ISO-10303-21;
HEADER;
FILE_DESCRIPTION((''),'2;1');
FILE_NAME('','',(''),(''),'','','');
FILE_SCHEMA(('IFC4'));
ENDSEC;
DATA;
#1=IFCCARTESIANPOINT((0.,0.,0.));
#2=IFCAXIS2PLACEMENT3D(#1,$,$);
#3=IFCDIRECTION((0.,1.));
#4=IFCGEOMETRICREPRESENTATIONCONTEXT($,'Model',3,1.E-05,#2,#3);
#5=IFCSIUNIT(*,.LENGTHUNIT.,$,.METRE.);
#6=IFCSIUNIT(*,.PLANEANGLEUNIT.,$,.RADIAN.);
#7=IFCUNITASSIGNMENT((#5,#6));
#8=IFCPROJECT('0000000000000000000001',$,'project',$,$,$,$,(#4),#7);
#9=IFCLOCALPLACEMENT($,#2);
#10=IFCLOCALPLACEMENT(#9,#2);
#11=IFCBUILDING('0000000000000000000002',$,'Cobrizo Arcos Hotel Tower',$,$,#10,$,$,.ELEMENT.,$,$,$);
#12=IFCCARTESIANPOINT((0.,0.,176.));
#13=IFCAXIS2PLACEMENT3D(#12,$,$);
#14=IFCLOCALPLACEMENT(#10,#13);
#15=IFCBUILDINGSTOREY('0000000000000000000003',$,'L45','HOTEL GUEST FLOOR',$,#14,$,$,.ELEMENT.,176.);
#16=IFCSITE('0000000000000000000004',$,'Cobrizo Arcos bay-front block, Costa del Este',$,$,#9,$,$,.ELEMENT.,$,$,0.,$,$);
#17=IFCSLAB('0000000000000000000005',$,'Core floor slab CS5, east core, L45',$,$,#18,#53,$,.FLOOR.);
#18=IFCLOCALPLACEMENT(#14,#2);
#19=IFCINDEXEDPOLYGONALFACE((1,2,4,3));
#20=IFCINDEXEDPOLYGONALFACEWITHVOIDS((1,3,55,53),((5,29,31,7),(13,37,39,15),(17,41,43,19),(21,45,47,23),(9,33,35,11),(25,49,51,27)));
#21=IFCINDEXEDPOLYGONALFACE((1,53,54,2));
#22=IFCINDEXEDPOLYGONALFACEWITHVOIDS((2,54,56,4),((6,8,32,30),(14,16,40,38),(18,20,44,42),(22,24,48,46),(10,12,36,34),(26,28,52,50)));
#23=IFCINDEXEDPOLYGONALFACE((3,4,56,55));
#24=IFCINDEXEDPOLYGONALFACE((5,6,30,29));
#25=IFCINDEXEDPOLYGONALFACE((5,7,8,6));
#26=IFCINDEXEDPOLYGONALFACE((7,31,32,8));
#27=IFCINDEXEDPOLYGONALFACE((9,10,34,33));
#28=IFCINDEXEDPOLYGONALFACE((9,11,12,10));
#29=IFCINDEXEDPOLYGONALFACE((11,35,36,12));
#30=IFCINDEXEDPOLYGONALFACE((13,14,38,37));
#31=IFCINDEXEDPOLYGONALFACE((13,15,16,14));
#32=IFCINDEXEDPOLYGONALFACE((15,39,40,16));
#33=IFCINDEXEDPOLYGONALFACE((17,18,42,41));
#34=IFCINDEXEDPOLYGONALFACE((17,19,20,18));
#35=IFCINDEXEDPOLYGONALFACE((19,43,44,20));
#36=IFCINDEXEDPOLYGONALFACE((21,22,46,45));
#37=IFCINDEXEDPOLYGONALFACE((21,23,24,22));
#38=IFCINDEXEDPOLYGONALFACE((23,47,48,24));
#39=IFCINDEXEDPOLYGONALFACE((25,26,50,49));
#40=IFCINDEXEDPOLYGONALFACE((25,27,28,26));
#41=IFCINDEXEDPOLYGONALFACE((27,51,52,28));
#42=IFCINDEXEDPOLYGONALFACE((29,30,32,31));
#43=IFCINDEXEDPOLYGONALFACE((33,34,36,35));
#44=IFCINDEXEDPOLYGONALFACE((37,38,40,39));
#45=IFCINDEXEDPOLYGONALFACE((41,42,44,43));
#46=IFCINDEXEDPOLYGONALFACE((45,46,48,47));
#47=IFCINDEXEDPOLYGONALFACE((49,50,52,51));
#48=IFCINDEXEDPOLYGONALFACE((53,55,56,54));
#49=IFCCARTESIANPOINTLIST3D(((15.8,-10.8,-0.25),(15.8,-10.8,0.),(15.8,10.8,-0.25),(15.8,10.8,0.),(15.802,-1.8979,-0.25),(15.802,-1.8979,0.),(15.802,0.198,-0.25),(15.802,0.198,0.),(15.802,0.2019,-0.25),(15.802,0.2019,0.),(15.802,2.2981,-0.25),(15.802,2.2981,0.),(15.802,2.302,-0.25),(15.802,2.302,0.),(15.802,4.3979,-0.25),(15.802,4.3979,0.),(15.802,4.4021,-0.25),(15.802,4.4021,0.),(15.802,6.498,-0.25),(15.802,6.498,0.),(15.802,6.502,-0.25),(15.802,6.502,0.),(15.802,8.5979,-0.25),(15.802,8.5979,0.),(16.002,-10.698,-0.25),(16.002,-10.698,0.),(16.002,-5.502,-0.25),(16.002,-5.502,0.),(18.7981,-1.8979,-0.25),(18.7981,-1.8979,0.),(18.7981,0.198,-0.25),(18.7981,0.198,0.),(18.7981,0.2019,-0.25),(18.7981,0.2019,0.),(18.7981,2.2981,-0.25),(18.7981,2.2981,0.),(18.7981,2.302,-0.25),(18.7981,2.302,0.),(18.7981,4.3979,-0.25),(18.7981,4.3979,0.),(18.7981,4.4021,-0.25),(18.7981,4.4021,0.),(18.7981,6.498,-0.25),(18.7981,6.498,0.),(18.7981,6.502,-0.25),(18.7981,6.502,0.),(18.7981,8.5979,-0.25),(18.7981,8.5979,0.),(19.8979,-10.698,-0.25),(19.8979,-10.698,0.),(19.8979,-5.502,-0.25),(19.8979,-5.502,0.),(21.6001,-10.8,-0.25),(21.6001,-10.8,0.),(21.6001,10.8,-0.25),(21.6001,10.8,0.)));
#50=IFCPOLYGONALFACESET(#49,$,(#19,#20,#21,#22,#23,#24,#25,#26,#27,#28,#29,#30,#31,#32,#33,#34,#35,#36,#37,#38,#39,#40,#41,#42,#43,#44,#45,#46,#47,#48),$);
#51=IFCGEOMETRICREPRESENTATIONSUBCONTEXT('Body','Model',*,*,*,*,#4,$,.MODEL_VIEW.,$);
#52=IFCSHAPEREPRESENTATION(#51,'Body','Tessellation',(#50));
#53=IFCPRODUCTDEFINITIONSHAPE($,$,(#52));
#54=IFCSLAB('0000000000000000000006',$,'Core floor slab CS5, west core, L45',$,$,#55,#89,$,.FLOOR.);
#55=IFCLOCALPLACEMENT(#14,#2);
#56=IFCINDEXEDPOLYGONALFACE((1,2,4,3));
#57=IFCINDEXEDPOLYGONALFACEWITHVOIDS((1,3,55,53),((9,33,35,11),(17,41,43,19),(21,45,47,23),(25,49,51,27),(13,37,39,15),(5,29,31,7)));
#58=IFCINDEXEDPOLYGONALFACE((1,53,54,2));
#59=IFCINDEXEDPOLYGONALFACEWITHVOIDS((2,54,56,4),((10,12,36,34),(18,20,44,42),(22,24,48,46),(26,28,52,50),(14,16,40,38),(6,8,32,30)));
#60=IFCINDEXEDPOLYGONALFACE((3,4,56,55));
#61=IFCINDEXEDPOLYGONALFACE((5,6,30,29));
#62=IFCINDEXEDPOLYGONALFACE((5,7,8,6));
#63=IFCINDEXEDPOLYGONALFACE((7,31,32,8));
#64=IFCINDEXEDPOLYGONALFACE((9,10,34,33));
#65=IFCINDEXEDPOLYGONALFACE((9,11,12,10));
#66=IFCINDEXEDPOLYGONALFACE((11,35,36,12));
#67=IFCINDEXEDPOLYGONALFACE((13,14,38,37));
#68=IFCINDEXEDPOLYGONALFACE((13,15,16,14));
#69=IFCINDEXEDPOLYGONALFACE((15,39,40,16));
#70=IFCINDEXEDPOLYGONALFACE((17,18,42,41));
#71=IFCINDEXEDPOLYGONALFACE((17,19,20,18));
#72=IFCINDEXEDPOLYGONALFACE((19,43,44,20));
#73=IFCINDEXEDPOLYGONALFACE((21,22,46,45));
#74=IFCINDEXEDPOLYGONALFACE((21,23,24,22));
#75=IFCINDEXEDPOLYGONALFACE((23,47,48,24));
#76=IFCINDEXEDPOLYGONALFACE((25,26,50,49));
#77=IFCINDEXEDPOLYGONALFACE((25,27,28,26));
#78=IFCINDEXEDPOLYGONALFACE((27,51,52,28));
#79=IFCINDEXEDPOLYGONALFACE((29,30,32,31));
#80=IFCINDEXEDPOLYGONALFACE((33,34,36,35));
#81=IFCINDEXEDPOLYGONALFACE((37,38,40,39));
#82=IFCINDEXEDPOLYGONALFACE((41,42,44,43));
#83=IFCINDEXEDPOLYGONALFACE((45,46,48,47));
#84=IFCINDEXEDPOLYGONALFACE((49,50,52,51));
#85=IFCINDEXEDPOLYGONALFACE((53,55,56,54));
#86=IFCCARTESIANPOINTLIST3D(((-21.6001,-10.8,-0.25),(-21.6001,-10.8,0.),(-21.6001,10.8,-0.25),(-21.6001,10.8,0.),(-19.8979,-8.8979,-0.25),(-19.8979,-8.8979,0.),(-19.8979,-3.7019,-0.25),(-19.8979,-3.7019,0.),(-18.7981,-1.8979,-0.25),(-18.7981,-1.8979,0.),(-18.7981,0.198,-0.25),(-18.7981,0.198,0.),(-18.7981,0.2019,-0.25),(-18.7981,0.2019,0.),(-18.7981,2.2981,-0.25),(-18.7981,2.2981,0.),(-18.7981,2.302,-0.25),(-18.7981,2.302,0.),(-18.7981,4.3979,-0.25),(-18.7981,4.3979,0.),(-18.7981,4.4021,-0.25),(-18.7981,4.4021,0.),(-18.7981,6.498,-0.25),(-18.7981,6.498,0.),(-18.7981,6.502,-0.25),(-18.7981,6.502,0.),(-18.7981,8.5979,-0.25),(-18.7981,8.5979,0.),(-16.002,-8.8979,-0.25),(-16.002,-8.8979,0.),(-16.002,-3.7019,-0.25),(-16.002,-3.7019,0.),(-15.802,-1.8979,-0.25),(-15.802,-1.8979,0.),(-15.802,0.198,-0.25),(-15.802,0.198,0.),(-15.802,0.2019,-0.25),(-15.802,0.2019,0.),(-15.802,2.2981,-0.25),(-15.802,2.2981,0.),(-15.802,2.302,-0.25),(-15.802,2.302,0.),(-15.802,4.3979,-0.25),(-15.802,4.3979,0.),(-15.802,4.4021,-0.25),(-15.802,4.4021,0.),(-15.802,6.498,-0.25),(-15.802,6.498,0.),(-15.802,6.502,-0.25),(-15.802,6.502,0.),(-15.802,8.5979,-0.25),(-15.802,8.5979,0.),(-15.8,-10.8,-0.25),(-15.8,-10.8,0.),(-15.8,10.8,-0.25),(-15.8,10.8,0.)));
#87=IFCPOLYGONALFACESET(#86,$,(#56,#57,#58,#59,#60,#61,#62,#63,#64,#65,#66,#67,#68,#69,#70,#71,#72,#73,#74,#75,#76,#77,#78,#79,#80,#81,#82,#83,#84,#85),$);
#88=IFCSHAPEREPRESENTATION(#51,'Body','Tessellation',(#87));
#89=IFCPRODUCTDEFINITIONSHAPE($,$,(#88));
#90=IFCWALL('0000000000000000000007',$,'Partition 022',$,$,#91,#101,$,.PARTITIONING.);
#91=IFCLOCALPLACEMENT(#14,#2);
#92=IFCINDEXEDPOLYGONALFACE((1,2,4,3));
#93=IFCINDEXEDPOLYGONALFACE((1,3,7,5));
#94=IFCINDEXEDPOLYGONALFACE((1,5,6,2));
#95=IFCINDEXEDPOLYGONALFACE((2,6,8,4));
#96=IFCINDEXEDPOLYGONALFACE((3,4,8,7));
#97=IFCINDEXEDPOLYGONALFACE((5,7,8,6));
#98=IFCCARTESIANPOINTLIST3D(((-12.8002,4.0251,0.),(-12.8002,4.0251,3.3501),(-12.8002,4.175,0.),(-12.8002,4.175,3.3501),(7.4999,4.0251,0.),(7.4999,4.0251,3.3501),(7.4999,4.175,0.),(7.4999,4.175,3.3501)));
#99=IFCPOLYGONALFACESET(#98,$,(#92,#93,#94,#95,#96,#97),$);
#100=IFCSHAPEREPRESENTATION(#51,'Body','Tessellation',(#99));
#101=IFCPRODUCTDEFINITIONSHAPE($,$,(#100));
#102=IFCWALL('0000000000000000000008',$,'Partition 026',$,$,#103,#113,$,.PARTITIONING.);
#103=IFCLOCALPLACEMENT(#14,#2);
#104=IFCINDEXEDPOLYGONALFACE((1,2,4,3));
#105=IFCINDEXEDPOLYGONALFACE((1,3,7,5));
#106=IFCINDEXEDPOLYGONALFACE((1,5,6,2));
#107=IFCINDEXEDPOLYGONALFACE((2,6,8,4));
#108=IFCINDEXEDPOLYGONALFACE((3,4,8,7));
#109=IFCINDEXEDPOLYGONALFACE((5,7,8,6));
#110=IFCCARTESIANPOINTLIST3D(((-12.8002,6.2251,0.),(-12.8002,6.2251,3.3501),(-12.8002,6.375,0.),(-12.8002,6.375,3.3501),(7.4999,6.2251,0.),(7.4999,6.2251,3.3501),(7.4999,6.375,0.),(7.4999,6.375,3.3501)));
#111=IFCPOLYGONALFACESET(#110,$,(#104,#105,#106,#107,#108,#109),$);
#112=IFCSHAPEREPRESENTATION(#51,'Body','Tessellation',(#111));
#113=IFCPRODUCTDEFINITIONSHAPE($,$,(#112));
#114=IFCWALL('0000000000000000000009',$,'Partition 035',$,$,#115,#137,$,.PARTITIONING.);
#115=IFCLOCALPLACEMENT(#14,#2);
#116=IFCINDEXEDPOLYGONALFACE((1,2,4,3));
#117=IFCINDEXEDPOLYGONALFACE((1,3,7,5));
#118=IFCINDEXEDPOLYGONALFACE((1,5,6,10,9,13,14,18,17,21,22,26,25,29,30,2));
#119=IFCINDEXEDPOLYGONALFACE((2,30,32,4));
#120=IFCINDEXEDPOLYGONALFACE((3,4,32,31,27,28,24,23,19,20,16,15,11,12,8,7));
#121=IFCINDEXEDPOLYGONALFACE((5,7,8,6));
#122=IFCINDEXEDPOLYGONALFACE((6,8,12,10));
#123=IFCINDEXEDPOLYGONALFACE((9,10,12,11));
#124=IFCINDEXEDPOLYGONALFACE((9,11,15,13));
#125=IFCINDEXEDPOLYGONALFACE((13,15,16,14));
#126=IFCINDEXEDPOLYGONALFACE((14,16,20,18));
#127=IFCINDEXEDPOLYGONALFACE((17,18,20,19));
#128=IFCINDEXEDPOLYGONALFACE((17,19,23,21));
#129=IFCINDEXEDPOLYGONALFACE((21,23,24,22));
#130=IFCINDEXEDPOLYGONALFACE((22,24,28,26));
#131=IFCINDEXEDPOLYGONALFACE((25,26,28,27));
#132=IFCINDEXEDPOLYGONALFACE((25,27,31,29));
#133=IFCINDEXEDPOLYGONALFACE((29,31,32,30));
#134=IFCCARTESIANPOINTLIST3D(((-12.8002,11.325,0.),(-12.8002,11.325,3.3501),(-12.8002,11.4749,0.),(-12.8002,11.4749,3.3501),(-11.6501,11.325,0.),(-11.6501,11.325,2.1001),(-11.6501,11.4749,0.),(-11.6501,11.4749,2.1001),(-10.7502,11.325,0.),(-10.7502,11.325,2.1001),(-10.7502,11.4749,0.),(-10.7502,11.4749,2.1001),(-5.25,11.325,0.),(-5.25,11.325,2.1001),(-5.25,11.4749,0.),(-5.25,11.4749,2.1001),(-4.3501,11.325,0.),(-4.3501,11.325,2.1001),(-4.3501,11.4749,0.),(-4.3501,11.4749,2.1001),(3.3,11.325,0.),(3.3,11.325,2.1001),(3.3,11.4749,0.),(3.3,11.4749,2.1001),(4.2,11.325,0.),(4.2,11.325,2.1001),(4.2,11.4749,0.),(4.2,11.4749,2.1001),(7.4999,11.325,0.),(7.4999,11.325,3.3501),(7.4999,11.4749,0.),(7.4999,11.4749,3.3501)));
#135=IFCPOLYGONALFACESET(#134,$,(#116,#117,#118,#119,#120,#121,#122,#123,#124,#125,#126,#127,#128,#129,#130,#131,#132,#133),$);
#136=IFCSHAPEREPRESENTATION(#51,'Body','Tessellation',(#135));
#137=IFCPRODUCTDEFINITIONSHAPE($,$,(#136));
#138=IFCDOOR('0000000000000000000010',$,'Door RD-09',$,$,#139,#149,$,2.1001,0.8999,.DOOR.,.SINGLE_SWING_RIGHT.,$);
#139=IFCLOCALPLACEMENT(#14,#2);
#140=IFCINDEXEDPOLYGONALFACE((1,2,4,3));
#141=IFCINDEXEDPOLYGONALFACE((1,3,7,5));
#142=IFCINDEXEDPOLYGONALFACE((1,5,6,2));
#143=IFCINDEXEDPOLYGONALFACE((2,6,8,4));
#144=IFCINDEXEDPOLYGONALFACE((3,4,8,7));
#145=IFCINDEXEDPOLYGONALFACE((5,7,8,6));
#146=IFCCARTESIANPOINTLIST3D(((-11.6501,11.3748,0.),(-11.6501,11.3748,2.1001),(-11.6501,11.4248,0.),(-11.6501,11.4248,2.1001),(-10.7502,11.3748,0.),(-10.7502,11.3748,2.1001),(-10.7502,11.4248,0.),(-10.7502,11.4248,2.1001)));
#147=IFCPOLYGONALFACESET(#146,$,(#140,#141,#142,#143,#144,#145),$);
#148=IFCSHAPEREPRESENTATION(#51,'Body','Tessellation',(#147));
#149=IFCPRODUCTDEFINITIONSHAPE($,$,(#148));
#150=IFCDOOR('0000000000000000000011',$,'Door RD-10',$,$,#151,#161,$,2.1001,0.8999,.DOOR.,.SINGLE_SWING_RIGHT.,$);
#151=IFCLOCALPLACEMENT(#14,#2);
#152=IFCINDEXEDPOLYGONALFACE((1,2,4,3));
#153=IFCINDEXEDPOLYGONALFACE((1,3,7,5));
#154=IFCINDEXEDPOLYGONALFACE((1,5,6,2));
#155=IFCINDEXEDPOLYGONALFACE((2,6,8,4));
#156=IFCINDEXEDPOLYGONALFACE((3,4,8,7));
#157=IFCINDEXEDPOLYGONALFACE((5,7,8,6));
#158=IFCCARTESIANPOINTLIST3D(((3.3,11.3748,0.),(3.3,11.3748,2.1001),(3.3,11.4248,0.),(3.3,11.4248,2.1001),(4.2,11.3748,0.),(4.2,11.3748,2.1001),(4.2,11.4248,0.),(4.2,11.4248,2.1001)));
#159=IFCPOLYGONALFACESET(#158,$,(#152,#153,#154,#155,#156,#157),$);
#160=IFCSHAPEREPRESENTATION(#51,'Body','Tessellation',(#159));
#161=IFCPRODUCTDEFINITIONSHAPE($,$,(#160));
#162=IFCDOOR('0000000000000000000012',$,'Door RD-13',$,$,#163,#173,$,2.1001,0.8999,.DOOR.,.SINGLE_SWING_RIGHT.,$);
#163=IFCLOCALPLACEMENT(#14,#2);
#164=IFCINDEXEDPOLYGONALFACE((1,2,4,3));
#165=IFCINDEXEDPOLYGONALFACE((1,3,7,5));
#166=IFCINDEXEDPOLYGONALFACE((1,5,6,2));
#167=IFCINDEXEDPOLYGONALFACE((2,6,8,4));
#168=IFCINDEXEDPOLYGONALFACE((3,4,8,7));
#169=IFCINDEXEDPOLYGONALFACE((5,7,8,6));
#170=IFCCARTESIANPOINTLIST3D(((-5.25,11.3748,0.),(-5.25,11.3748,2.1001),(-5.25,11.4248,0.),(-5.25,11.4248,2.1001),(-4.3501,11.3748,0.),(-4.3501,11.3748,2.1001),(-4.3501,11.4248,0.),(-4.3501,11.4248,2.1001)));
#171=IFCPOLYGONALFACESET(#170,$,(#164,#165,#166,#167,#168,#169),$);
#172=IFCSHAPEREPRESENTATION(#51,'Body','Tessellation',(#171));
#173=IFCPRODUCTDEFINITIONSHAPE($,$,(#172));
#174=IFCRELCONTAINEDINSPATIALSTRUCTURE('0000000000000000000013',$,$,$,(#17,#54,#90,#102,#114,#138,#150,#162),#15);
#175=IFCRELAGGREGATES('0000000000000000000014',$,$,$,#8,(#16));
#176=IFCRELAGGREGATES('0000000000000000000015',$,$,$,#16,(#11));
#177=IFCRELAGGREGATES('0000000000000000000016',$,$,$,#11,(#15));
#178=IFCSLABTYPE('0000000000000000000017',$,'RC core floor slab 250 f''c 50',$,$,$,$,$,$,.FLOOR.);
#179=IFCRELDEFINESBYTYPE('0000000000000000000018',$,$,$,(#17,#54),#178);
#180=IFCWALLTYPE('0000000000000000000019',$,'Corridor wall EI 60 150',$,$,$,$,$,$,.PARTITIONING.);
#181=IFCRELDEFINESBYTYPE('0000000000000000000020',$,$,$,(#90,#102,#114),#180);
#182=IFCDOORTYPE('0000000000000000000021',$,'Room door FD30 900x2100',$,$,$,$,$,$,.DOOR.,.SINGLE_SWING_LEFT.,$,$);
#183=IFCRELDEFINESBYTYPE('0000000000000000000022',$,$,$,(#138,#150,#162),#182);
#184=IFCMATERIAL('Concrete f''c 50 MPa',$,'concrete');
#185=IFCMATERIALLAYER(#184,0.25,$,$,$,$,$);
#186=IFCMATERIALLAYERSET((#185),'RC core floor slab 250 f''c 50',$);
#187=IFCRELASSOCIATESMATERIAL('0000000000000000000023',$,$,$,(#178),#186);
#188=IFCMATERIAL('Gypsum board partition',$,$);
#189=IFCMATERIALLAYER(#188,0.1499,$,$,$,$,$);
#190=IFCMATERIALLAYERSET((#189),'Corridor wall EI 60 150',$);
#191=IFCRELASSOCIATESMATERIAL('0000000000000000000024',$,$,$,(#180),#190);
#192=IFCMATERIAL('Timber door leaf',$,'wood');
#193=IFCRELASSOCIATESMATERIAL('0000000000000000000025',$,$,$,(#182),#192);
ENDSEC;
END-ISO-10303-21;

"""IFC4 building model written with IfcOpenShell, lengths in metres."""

from ifc_helpers import new_model, si_unit, direction, frame, frame_2d, origin, place, context, subcontext, project, spatial, polyline, rectangle, outline, extrude, material, layer, layer_set, type_object, element, fill, save


model = new_model("IFC4")

# Units and contexts
model_context = context("Model", 3, precision=1e-05, world=origin(), true_north=direction((0.0, 1.0)))
body_context = subcontext(model_context, "Body", "Model", "MODEL_VIEW")
ifc_project = project(units=[si_unit("LENGTHUNIT", "METRE"), si_unit("PLANEANGLEUNIT", "RADIAN")], contexts=[model_context])

# Site, building, storey
site_placement = place(None, origin())
site = spatial("IfcSite", under=ifc_project, at=site_placement, Name="Cobrizo Arcos bay-front block, Costa del Este", CompositionType="ELEMENT", RefElevation=0.0)
building_placement = place(site_placement, origin())
building = spatial("IfcBuilding", under=site, at=building_placement, Name="Cobrizo Arcos Hotel Tower", CompositionType="ELEMENT")
storey_placement = place(building_placement, frame((0.0, 0.0, 176.0)))
storey = spatial("IfcBuildingStorey", under=building, at=storey_placement, Name="L45", Description="HOTEL GUEST FLOOR", CompositionType="ELEMENT", Elevation=176.0)

# Slabs
ifc_material_1 = material(Name="Concrete f'c 50 MPa", Category="concrete")
ifc_layer_1 = layer(ifc_material_1, 0.25)
ifc_layer_set_1 = layer_set([ifc_layer_1], Name="RC core floor slab 250 f'c 50")
slab_type_1 = type_object("IfcSlabType", Name="RC core floor slab 250 f'c 50", PredefinedType="FLOOR", material=ifc_layer_set_1)
slab_1_placement = place(storey_placement, frame((0.0, 0.0, -0.25)))
element("IfcSlab", 1, at=slab_1_placement, inside=storey, type_object=slab_type_1, Name="Core floor slab CS5, east core, L45", PredefinedType="FLOOR", context=body_context, shape_type="SweptSolid", body=[
    extrude(outline(polyline([(15.8, 10.8), (21.6001, 10.8), (21.6001, -10.8), (15.8, -10.8), (15.8, 10.8)]), holes=[polyline([(19.8979, -10.698), (19.8979, -5.502), (16.002, -5.502), (16.002, -10.698), (19.8979, -10.698)]), polyline([(15.802, 0.198), (15.802, -1.8979), (18.7981, -1.8979), (18.7981, 0.198), (15.802, 0.198)]), polyline([(15.802, 2.2981), (15.802, 0.2019), (18.7981, 0.2019), (18.7981, 2.2981), (15.802, 2.2981)]), polyline([(15.802, 4.3979), (15.802, 2.302), (18.7981, 2.302), (18.7981, 4.3979), (15.802, 4.3979)]), polyline([(18.7981, 6.498), (15.802, 6.498), (15.802, 4.4021), (18.7981, 4.4021), (18.7981, 6.498)]), polyline([(18.7981, 8.5979), (15.802, 8.5979), (15.802, 6.502), (18.7981, 6.502), (18.7981, 8.5979)])]), origin(), (0.0, 0.0, 1.0), 0.25),
])
slab_2_placement = place(storey_placement, frame((0.0, 0.0, -0.25)))
element("IfcSlab", 2, at=slab_2_placement, inside=storey, type_object=slab_type_1, Name="Core floor slab CS5, west core, L45", PredefinedType="FLOOR", context=body_context, shape_type="SweptSolid", body=[
    extrude(outline(polyline([(-21.6001, 10.8), (-15.8, 10.8), (-15.8, -10.8), (-21.6001, -10.8), (-21.6001, 10.8)]), holes=[polyline([(-19.8979, -3.7019), (-19.8979, -8.8979), (-16.002, -8.8979), (-16.002, -3.7019), (-19.8979, -3.7019)]), polyline([(-18.7981, 0.198), (-18.7981, -1.8979), (-15.802, -1.8979), (-15.802, 0.198), (-18.7981, 0.198)]), polyline([(-18.7981, 2.2981), (-18.7981, 0.2019), (-15.802, 0.2019), (-15.802, 2.2981), (-18.7981, 2.2981)]), polyline([(-18.7981, 4.3979), (-18.7981, 2.302), (-15.802, 2.302), (-15.802, 4.3979), (-18.7981, 4.3979)]), polyline([(-15.802, 6.498), (-18.7981, 6.498), (-18.7981, 4.4021), (-15.802, 4.4021), (-15.802, 6.498)]), polyline([(-15.802, 8.5979), (-18.7981, 8.5979), (-18.7981, 6.502), (-15.802, 6.502), (-15.802, 8.5979)])]), origin(), (0.0, 0.0, 1.0), 0.25),
])

# Walls
ifc_material_2 = material(Name="Gypsum board partition")
ifc_layer_2 = layer(ifc_material_2, 0.1499)
ifc_layer_set_2 = layer_set([ifc_layer_2], Name="Corridor wall EI 60 150")
wall_type_1 = type_object("IfcWallType", Name="Corridor wall EI 60 150", PredefinedType="PARTITIONING", material=ifc_layer_set_2)
for number, where, z_axis, x_axis, name in (
    (3, (-12.8, 4.1001, 0.0), (0.0, 0.0, 1.0), (1.0, 0.0, 0.0), "Partition 022"),
    (4, (-12.8, 6.3, 0.0), (0.0, 0.0, 1.0), (1.0, 0.0, 0.0), "Partition 026"),
):
    element("IfcWall", number, at=place(storey_placement, frame(where, z_axis=z_axis, x_axis=x_axis)), inside=storey, type_object=wall_type_1, Name=name, PredefinedType="PARTITIONING", context=body_context, shape_type="SweptSolid", body=[
        extrude(rectangle(XDim=20.3, YDim=0.1499, at=frame_2d((10.1499, 0.0))), origin(), (0.0, 0.0, 1.0), 3.3501),
    ])

# Wall, openings, doors
wall_1_placement = place(storey_placement, frame((-12.8, 11.3999, 0.0), z_axis=(0.0, 0.0, 1.0), x_axis=(1.0, 0.0, 0.0)))
wall_1 = element("IfcWall", 5, at=wall_1_placement, inside=storey, type_object=wall_type_1, Name="Partition 035", PredefinedType="PARTITIONING", context=body_context, shape_type="SweptSolid", body=[
    extrude(rectangle(XDim=20.3, YDim=0.1499, at=frame_2d((10.1499, 0.0))), origin(), (0.0, 0.0, 1.0), 3.3501),
])
opening_1_placement = place(wall_1_placement, frame((1.1499, 0.0, 0.0)))
opening_1 = element("IfcOpeningElement", 6, at=opening_1_placement, cuts=wall_1, PredefinedType="OPENING", context=body_context, shape_type="SweptSolid", body=[
    extrude(rectangle(XDim=0.8999, YDim=2.1001, at=frame_2d((0.45, 1.05))), frame((0.0, 0.0869, 0.0), z_axis=(0.0, -1.0, 0.0), x_axis=(1.0, 0.0, 0.0)), (0.0, 0.0, 1.0), 0.1738),
])
opening_2_placement = place(wall_1_placement, frame((16.1001, 0.0, 0.0)))
opening_2 = element("IfcOpeningElement", 7, at=opening_2_placement, cuts=wall_1, PredefinedType="OPENING", context=body_context, shape_type="SweptSolid", body=[
    extrude(rectangle(XDim=0.8999, YDim=2.1001, at=frame_2d((0.45, 1.05))), frame((0.0, 0.0869, 0.0), z_axis=(0.0, -1.0, 0.0), x_axis=(1.0, 0.0, 0.0)), (0.0, 0.0, 1.0), 0.1738),
])
opening_3_placement = place(wall_1_placement, frame((7.55, 0.0, 0.0)))
opening_3 = element("IfcOpeningElement", 8, at=opening_3_placement, cuts=wall_1, PredefinedType="OPENING", context=body_context, shape_type="SweptSolid", body=[
    extrude(rectangle(XDim=0.8999, YDim=2.1001, at=frame_2d((0.45, 1.05))), frame((0.0, 0.0869, 0.0), z_axis=(0.0, -1.0, 0.0), x_axis=(1.0, 0.0, 0.0)), (0.0, 0.0, 1.0), 0.1738),
])
ifc_material_3 = material(Name="Timber door leaf", Category="wood")
door_type = type_object("IfcDoorType", Name="Room door FD30 900x2100", OperationType="SINGLE_SWING_LEFT", PredefinedType="DOOR", material=ifc_material_3)
door_1_placement = place(opening_1_placement, origin())
door_1 = element("IfcDoor", 9, at=door_1_placement, inside=storey, type_object=door_type, Name="Door RD-09", OperationType="SINGLE_SWING_RIGHT", OverallHeight=2.1001, OverallWidth=0.8999, PredefinedType="DOOR", context=body_context, shape_type="SweptSolid", body=[
    extrude(rectangle(XDim=0.8999, YDim=2.1001, at=frame_2d((0.45, 1.05))), frame((0.0, 0.0249, 0.0), z_axis=(0.0, -1.0, 0.0), x_axis=(1.0, 0.0, 0.0)), (0.0, 0.0, 1.0), 0.05),
])
fill(opening_1, door_1)
door_2_placement = place(opening_2_placement, origin())
door_2 = element("IfcDoor", 10, at=door_2_placement, inside=storey, type_object=door_type, Name="Door RD-10", OperationType="SINGLE_SWING_RIGHT", OverallHeight=2.1001, OverallWidth=0.8999, PredefinedType="DOOR", context=body_context, shape_type="SweptSolid", body=[
    extrude(rectangle(XDim=0.8999, YDim=2.1001, at=frame_2d((0.45, 1.05))), frame((0.0, 0.0249, 0.0), z_axis=(0.0, -1.0, 0.0), x_axis=(1.0, 0.0, 0.0)), (0.0, 0.0, 1.0), 0.05),
])
fill(opening_2, door_2)
door_3_placement = place(opening_3_placement, origin())
door_3 = element("IfcDoor", 11, at=door_3_placement, inside=storey, type_object=door_type, Name="Door RD-13", OperationType="SINGLE_SWING_RIGHT", OverallHeight=2.1001, OverallWidth=0.8999, PredefinedType="DOOR", context=body_context, shape_type="SweptSolid", body=[
    extrude(rectangle(XDim=0.8999, YDim=2.1001, at=frame_2d((0.45, 1.05))), frame((0.0, 0.0249, 0.0), z_axis=(0.0, -1.0, 0.0), x_axis=(1.0, 0.0, 0.0)), (0.0, 0.0, 1.0), 0.05),
])
fill(opening_3, door_3)

save(model, "model.ifc")
